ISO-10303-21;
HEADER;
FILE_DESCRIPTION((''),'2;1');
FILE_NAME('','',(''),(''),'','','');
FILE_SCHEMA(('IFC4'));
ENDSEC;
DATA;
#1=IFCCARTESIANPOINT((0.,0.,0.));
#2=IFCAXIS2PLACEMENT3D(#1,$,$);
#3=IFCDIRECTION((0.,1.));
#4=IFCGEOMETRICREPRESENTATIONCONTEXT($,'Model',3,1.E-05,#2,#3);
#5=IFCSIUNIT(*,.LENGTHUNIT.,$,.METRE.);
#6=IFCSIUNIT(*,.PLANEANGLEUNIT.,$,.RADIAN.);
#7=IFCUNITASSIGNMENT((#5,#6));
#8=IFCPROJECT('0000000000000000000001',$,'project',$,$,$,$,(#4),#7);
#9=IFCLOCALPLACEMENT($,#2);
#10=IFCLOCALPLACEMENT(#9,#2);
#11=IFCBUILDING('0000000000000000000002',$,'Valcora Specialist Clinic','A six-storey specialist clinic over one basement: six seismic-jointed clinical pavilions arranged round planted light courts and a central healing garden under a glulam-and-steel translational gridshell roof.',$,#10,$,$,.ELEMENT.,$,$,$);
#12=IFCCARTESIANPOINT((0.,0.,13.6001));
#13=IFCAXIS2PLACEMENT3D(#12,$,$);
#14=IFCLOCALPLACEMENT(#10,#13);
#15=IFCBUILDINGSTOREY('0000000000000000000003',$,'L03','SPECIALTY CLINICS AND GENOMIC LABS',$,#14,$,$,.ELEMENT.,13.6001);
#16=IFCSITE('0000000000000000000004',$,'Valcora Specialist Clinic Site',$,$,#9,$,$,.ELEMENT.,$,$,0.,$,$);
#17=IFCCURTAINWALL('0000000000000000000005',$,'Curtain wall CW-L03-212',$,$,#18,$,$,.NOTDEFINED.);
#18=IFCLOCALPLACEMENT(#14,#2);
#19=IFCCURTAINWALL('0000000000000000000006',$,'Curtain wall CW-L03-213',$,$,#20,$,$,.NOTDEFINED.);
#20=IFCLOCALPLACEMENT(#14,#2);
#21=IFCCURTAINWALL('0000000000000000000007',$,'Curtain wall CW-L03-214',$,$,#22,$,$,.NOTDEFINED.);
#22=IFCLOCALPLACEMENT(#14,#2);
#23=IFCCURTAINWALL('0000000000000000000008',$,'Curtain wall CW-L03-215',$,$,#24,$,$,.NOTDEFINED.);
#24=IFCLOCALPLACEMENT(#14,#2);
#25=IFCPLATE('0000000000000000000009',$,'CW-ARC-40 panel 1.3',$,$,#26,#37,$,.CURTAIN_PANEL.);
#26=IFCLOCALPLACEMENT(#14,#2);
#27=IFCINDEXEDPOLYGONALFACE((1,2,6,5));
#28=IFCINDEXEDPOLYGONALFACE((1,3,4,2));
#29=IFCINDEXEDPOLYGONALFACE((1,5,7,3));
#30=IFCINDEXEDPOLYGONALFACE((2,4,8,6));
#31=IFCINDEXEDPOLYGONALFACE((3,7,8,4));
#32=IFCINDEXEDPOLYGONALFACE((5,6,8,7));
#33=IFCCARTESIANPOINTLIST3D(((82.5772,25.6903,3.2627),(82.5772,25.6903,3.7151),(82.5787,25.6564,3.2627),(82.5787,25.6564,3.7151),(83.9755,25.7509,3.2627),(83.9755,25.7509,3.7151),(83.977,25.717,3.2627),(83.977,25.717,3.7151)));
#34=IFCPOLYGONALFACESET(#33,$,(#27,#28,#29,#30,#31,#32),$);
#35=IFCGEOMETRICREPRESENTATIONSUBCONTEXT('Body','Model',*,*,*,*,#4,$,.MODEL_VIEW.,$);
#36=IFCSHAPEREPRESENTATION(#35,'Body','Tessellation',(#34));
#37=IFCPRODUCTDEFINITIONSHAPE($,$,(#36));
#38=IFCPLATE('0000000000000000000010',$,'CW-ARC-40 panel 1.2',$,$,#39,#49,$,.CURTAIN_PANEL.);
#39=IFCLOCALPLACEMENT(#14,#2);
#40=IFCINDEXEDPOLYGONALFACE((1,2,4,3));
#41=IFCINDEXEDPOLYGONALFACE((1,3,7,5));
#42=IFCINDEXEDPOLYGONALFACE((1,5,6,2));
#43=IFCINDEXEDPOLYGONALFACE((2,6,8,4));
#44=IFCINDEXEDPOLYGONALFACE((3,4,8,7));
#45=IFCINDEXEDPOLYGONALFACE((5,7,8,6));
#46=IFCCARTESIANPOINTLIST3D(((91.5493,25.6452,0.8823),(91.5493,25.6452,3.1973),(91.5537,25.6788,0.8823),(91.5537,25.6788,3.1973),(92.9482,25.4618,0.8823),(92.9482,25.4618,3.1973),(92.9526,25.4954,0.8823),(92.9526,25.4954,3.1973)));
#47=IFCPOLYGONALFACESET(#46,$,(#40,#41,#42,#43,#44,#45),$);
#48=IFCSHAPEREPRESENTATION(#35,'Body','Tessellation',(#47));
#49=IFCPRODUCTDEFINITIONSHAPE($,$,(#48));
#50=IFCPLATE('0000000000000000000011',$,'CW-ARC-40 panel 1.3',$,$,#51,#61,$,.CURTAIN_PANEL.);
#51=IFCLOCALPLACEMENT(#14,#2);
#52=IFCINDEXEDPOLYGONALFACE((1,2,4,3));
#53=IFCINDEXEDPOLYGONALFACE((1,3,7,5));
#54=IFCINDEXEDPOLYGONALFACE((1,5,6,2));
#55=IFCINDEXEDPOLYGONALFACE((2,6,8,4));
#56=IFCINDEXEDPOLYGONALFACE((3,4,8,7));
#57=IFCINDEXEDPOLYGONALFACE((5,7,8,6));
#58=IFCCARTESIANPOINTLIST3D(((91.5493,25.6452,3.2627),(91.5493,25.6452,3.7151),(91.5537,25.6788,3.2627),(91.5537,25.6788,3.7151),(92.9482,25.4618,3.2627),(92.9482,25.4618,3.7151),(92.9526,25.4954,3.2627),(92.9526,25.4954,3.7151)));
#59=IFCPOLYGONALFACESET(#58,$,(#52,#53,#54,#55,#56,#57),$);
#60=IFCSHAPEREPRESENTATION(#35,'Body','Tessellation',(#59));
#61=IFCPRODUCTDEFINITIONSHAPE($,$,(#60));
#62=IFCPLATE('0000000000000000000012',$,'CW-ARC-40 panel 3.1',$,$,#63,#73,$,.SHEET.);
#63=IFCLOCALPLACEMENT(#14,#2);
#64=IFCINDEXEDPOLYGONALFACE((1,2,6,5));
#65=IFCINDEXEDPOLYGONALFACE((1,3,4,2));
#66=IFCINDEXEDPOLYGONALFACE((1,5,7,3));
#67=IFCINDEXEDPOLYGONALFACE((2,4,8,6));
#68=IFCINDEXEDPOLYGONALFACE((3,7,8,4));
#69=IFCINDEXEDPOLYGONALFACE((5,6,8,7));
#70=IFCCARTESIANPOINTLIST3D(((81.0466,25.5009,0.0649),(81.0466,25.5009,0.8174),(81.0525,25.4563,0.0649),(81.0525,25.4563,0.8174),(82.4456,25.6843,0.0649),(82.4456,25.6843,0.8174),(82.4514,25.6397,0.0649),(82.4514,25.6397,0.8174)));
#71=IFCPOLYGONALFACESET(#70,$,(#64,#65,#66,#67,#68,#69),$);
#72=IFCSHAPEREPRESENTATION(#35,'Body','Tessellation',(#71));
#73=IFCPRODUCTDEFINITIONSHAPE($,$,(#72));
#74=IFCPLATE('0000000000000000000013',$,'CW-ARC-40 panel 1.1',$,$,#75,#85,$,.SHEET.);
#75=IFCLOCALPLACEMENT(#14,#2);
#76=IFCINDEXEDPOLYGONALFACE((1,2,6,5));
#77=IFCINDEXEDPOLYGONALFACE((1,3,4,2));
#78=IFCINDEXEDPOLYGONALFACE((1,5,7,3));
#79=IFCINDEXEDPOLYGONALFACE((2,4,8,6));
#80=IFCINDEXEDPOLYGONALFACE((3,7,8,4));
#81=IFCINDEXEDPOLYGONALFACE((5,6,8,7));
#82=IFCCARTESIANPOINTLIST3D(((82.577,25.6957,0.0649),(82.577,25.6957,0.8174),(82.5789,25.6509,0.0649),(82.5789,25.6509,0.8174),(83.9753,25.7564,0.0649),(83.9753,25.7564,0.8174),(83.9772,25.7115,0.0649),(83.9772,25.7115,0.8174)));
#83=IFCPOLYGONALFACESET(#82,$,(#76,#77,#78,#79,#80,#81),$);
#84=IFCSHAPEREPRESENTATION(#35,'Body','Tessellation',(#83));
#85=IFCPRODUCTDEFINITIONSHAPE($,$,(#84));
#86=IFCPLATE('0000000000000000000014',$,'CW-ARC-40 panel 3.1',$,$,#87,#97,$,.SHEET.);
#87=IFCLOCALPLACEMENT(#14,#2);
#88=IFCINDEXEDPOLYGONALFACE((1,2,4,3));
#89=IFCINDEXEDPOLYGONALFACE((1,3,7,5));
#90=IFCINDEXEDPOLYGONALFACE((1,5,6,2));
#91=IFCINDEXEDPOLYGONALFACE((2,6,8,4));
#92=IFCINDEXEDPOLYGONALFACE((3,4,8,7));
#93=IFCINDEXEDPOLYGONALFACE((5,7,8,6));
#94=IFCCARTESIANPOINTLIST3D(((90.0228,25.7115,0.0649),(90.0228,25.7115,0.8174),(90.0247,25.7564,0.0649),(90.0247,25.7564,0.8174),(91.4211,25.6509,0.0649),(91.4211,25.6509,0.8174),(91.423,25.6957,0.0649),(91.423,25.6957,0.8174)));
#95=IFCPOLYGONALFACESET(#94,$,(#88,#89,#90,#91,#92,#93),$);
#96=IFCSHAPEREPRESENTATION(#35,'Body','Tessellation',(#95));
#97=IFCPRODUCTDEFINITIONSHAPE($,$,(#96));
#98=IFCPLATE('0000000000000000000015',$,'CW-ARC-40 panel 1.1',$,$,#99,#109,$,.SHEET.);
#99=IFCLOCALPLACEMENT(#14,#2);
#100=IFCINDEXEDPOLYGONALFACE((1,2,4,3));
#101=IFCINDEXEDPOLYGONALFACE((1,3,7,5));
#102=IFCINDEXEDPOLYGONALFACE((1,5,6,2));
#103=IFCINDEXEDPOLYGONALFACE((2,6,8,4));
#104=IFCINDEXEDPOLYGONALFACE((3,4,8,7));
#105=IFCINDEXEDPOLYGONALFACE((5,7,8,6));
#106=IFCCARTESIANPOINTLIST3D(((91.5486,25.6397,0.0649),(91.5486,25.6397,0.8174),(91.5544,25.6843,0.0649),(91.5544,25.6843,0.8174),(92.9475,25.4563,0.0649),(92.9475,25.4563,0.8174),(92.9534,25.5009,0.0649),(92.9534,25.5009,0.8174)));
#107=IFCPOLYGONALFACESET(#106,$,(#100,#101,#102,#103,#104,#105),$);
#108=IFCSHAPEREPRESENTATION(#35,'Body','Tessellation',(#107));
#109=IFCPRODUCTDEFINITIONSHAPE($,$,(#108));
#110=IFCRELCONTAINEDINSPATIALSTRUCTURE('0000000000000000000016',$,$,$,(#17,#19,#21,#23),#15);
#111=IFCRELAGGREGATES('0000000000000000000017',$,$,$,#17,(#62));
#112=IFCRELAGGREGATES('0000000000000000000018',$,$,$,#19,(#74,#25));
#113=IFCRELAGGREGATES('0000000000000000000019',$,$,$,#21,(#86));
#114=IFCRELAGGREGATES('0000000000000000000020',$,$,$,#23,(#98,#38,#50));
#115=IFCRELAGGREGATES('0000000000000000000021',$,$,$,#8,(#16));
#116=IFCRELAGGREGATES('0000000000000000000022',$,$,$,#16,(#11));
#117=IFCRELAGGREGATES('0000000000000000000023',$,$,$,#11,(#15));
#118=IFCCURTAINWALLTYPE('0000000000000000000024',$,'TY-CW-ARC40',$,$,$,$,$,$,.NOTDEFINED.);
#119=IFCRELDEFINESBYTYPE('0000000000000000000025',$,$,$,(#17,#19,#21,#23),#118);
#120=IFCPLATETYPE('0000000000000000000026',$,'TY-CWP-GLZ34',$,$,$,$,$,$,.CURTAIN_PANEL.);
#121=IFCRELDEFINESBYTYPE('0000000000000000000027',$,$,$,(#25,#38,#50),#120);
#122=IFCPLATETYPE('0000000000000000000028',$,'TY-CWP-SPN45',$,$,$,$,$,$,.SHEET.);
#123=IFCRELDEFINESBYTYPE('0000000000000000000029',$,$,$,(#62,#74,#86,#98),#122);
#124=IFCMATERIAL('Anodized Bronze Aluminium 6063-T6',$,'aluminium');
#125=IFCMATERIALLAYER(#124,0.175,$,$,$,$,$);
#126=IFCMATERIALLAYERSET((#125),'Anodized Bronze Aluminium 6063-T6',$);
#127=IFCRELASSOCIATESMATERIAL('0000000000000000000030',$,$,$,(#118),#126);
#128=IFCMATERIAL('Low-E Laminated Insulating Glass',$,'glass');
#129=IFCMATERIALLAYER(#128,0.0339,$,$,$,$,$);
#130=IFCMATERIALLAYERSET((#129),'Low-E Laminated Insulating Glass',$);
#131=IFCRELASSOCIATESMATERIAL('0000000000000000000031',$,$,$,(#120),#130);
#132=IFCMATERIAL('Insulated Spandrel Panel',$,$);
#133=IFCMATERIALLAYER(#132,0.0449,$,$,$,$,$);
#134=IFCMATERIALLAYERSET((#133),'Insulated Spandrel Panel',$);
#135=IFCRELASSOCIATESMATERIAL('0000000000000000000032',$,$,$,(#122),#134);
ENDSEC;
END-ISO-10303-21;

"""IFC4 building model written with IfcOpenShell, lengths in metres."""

from ifc_helpers import new_model, si_unit, direction, frame, origin, origin_2d, place, context, subcontext, project, spatial, rectangle, extrude, material, layer, layer_set, type_object, element, aggregate, save


model = new_model("IFC4")

# Units and contexts
model_context = context("Model", 3, precision=1e-05, world=origin(), true_north=direction((0.0, 1.0)))
body_context = subcontext(model_context, "Body", "Model", "MODEL_VIEW")
ifc_project = project(units=[si_unit("LENGTHUNIT", "METRE"), si_unit("PLANEANGLEUNIT", "RADIAN")], contexts=[model_context])

# Site, building, storey
site_placement = place(None, origin())
site = spatial("IfcSite", under=ifc_project, at=site_placement, Name="Valcora Specialist Clinic Site", CompositionType="ELEMENT", RefElevation=0.0)
building_placement = place(site_placement, origin())
building = spatial("IfcBuilding", under=site, at=building_placement, Name="Valcora Specialist Clinic", Description="A six-storey specialist clinic over one basement: six seismic-jointed clinical pavilions arranged round planted light courts and a central healing garden under a glulam-and-steel translational gridshell roof.", CompositionType="ELEMENT")
storey_placement = place(building_placement, frame((0.0, 0.0, 13.6001)))
storey = spatial("IfcBuildingStorey", under=building, at=storey_placement, Name="L03", Description="SPECIALTY CLINICS AND GENOMIC LABS", CompositionType="ELEMENT", Elevation=13.6001)

# Curtain walls
ifc_material_1 = material(Name="Anodized Bronze Aluminium 6063-T6", Category="aluminium")
ifc_layer_1 = layer(ifc_material_1, 0.175)
ifc_layer_set_1 = layer_set([ifc_layer_1], Name="Anodized Bronze Aluminium 6063-T6")
curtain_wall_type = type_object("IfcCurtainWallType", Name="TY-CW-ARC40", PredefinedType="NOTDEFINED", material=ifc_layer_set_1)
curtain_wall_1_placement = place(storey_placement, origin())
curtain_wall_1 = element("IfcCurtainWall", 1, at=curtain_wall_1_placement, inside=storey, type_object=curtain_wall_type, Name="Curtain wall CW-L03-212", PredefinedType="NOTDEFINED")
curtain_wall_2_placement = place(storey_placement, origin())
curtain_wall_2 = element("IfcCurtainWall", 2, at=curtain_wall_2_placement, inside=storey, type_object=curtain_wall_type, Name="Curtain wall CW-L03-213", PredefinedType="NOTDEFINED")
curtain_wall_3_placement = place(storey_placement, origin())
curtain_wall_3 = element("IfcCurtainWall", 3, at=curtain_wall_3_placement, inside=storey, type_object=curtain_wall_type, Name="Curtain wall CW-L03-214", PredefinedType="NOTDEFINED")
curtain_wall_4_placement = place(storey_placement, origin())
curtain_wall_4 = element("IfcCurtainWall", 4, at=curtain_wall_4_placement, inside=storey, type_object=curtain_wall_type, Name="Curtain wall CW-L03-215", PredefinedType="NOTDEFINED")

# Plates
ifc_material_2 = material(Name="Low-E Laminated Insulating Glass", Category="glass")
ifc_layer_2 = layer(ifc_material_2, 0.0339)
ifc_layer_set_2 = layer_set([ifc_layer_2], Name="Low-E Laminated Insulating Glass")
plate_type_1 = type_object("IfcPlateType", Name="TY-CWP-GLZ34", PredefinedType="CURTAIN_PANEL", material=ifc_layer_set_2)
plate_1_placement = place(storey_placement, frame((83.2771, 25.7036, 3.2627), z_axis=(0.0, 0.0, 1.0), x_axis=(0.999062, 0.043307, 0.0)))
plate_1 = element("IfcPlate", 5, at=plate_1_placement, type_object=plate_type_1, Name="CW-ARC-40 panel 1.3", PredefinedType="CURTAIN_PANEL", context=body_context, shape_type="SweptSolid", body=[
    extrude(rectangle(XDim=1.3997, YDim=0.0339, at=origin_2d()), origin(), (0.0, 0.0, 1.0), 0.4524),
])
plate_2_placement = place(storey_placement, frame((92.251, 25.5703, 0.8823), z_axis=(0.0, 0.0, 1.0), x_axis=(0.991514, -0.129999, 0.0)))
plate_2 = element("IfcPlate", 6, at=plate_2_placement, type_object=plate_type_1, Name="CW-ARC-40 panel 1.2", PredefinedType="CURTAIN_PANEL", context=body_context, shape_type="SweptSolid", body=[
    extrude(rectangle(XDim=1.4109, YDim=0.0339, at=origin_2d()), origin(), (0.0, 0.0, 1.0), 2.3149),
])
plate_3_placement = place(storey_placement, frame((92.251, 25.5703, 3.2627), z_axis=(0.0, 0.0, 1.0), x_axis=(0.991514, -0.129999, 0.0)))
plate_3 = element("IfcPlate", 7, at=plate_3_placement, type_object=plate_type_1, Name="CW-ARC-40 panel 1.3", PredefinedType="CURTAIN_PANEL", context=body_context, shape_type="SweptSolid", body=[
    extrude(rectangle(XDim=1.4109, YDim=0.0339, at=origin_2d()), origin(), (0.0, 0.0, 1.0), 0.4524),
])
ifc_material_3 = material(Name="Insulated Spandrel Panel")
ifc_layer_3 = layer(ifc_material_3, 0.0449)
ifc_layer_set_3 = layer_set([ifc_layer_3], Name="Insulated Spandrel Panel")
plate_type_2 = type_object("IfcPlateType", Name="TY-CWP-SPN45", PredefinedType="SHEET", material=ifc_layer_set_3)
plate_4_placement = place(storey_placement, frame((81.749, 25.5703, 0.0649), z_axis=(0.0, 0.0, 1.0), x_axis=(0.991514, 0.129999, 0.0)))
plate_4 = element("IfcPlate", 8, at=plate_4_placement, type_object=plate_type_2, Name="CW-ARC-40 panel 3.1", PredefinedType="SHEET", context=body_context, shape_type="SweptSolid", body=[
    extrude(rectangle(XDim=1.4109, YDim=0.0449, at=origin_2d()), origin(), (0.0, 0.0, 1.0), 0.7524),
])
aggregate(curtain_wall_1, [plate_4])
plate_5_placement = place(storey_placement, frame((83.2771, 25.7036, 0.0649), z_axis=(0.0, 0.0, 1.0), x_axis=(0.999062, 0.043307, 0.0)))
plate_5 = element("IfcPlate", 9, at=plate_5_placement, type_object=plate_type_2, Name="CW-ARC-40 panel 1.1", PredefinedType="SHEET", context=body_context, shape_type="SweptSolid", body=[
    extrude(rectangle(XDim=1.3997, YDim=0.0449, at=origin_2d()), origin(), (0.0, 0.0, 1.0), 0.7524),
])
aggregate(curtain_wall_2, [plate_5, plate_1])
plate_6_placement = place(storey_placement, frame((90.7229, 25.7036, 0.0649), z_axis=(0.0, 0.0, 1.0), x_axis=(0.999062, -0.043307, 0.0)))
plate_6 = element("IfcPlate", 10, at=plate_6_placement, type_object=plate_type_2, Name="CW-ARC-40 panel 3.1", PredefinedType="SHEET", context=body_context, shape_type="SweptSolid", body=[
    extrude(rectangle(XDim=1.3997, YDim=0.0449, at=origin_2d()), origin(), (0.0, 0.0, 1.0), 0.7524),
])
aggregate(curtain_wall_3, [plate_6])
plate_7_placement = place(storey_placement, frame((92.251, 25.5703, 0.0649), z_axis=(0.0, 0.0, 1.0), x_axis=(0.991514, -0.129999, 0.0)))
plate_7 = element("IfcPlate", 11, at=plate_7_placement, type_object=plate_type_2, Name="CW-ARC-40 panel 1.1", PredefinedType="SHEET", context=body_context, shape_type="SweptSolid", body=[
    extrude(rectangle(XDim=1.4109, YDim=0.0449, at=origin_2d()), origin(), (0.0, 0.0, 1.0), 0.7524),
])
aggregate(curtain_wall_4, [plate_7, plate_2, plate_3])

save(model, "model.ifc")
